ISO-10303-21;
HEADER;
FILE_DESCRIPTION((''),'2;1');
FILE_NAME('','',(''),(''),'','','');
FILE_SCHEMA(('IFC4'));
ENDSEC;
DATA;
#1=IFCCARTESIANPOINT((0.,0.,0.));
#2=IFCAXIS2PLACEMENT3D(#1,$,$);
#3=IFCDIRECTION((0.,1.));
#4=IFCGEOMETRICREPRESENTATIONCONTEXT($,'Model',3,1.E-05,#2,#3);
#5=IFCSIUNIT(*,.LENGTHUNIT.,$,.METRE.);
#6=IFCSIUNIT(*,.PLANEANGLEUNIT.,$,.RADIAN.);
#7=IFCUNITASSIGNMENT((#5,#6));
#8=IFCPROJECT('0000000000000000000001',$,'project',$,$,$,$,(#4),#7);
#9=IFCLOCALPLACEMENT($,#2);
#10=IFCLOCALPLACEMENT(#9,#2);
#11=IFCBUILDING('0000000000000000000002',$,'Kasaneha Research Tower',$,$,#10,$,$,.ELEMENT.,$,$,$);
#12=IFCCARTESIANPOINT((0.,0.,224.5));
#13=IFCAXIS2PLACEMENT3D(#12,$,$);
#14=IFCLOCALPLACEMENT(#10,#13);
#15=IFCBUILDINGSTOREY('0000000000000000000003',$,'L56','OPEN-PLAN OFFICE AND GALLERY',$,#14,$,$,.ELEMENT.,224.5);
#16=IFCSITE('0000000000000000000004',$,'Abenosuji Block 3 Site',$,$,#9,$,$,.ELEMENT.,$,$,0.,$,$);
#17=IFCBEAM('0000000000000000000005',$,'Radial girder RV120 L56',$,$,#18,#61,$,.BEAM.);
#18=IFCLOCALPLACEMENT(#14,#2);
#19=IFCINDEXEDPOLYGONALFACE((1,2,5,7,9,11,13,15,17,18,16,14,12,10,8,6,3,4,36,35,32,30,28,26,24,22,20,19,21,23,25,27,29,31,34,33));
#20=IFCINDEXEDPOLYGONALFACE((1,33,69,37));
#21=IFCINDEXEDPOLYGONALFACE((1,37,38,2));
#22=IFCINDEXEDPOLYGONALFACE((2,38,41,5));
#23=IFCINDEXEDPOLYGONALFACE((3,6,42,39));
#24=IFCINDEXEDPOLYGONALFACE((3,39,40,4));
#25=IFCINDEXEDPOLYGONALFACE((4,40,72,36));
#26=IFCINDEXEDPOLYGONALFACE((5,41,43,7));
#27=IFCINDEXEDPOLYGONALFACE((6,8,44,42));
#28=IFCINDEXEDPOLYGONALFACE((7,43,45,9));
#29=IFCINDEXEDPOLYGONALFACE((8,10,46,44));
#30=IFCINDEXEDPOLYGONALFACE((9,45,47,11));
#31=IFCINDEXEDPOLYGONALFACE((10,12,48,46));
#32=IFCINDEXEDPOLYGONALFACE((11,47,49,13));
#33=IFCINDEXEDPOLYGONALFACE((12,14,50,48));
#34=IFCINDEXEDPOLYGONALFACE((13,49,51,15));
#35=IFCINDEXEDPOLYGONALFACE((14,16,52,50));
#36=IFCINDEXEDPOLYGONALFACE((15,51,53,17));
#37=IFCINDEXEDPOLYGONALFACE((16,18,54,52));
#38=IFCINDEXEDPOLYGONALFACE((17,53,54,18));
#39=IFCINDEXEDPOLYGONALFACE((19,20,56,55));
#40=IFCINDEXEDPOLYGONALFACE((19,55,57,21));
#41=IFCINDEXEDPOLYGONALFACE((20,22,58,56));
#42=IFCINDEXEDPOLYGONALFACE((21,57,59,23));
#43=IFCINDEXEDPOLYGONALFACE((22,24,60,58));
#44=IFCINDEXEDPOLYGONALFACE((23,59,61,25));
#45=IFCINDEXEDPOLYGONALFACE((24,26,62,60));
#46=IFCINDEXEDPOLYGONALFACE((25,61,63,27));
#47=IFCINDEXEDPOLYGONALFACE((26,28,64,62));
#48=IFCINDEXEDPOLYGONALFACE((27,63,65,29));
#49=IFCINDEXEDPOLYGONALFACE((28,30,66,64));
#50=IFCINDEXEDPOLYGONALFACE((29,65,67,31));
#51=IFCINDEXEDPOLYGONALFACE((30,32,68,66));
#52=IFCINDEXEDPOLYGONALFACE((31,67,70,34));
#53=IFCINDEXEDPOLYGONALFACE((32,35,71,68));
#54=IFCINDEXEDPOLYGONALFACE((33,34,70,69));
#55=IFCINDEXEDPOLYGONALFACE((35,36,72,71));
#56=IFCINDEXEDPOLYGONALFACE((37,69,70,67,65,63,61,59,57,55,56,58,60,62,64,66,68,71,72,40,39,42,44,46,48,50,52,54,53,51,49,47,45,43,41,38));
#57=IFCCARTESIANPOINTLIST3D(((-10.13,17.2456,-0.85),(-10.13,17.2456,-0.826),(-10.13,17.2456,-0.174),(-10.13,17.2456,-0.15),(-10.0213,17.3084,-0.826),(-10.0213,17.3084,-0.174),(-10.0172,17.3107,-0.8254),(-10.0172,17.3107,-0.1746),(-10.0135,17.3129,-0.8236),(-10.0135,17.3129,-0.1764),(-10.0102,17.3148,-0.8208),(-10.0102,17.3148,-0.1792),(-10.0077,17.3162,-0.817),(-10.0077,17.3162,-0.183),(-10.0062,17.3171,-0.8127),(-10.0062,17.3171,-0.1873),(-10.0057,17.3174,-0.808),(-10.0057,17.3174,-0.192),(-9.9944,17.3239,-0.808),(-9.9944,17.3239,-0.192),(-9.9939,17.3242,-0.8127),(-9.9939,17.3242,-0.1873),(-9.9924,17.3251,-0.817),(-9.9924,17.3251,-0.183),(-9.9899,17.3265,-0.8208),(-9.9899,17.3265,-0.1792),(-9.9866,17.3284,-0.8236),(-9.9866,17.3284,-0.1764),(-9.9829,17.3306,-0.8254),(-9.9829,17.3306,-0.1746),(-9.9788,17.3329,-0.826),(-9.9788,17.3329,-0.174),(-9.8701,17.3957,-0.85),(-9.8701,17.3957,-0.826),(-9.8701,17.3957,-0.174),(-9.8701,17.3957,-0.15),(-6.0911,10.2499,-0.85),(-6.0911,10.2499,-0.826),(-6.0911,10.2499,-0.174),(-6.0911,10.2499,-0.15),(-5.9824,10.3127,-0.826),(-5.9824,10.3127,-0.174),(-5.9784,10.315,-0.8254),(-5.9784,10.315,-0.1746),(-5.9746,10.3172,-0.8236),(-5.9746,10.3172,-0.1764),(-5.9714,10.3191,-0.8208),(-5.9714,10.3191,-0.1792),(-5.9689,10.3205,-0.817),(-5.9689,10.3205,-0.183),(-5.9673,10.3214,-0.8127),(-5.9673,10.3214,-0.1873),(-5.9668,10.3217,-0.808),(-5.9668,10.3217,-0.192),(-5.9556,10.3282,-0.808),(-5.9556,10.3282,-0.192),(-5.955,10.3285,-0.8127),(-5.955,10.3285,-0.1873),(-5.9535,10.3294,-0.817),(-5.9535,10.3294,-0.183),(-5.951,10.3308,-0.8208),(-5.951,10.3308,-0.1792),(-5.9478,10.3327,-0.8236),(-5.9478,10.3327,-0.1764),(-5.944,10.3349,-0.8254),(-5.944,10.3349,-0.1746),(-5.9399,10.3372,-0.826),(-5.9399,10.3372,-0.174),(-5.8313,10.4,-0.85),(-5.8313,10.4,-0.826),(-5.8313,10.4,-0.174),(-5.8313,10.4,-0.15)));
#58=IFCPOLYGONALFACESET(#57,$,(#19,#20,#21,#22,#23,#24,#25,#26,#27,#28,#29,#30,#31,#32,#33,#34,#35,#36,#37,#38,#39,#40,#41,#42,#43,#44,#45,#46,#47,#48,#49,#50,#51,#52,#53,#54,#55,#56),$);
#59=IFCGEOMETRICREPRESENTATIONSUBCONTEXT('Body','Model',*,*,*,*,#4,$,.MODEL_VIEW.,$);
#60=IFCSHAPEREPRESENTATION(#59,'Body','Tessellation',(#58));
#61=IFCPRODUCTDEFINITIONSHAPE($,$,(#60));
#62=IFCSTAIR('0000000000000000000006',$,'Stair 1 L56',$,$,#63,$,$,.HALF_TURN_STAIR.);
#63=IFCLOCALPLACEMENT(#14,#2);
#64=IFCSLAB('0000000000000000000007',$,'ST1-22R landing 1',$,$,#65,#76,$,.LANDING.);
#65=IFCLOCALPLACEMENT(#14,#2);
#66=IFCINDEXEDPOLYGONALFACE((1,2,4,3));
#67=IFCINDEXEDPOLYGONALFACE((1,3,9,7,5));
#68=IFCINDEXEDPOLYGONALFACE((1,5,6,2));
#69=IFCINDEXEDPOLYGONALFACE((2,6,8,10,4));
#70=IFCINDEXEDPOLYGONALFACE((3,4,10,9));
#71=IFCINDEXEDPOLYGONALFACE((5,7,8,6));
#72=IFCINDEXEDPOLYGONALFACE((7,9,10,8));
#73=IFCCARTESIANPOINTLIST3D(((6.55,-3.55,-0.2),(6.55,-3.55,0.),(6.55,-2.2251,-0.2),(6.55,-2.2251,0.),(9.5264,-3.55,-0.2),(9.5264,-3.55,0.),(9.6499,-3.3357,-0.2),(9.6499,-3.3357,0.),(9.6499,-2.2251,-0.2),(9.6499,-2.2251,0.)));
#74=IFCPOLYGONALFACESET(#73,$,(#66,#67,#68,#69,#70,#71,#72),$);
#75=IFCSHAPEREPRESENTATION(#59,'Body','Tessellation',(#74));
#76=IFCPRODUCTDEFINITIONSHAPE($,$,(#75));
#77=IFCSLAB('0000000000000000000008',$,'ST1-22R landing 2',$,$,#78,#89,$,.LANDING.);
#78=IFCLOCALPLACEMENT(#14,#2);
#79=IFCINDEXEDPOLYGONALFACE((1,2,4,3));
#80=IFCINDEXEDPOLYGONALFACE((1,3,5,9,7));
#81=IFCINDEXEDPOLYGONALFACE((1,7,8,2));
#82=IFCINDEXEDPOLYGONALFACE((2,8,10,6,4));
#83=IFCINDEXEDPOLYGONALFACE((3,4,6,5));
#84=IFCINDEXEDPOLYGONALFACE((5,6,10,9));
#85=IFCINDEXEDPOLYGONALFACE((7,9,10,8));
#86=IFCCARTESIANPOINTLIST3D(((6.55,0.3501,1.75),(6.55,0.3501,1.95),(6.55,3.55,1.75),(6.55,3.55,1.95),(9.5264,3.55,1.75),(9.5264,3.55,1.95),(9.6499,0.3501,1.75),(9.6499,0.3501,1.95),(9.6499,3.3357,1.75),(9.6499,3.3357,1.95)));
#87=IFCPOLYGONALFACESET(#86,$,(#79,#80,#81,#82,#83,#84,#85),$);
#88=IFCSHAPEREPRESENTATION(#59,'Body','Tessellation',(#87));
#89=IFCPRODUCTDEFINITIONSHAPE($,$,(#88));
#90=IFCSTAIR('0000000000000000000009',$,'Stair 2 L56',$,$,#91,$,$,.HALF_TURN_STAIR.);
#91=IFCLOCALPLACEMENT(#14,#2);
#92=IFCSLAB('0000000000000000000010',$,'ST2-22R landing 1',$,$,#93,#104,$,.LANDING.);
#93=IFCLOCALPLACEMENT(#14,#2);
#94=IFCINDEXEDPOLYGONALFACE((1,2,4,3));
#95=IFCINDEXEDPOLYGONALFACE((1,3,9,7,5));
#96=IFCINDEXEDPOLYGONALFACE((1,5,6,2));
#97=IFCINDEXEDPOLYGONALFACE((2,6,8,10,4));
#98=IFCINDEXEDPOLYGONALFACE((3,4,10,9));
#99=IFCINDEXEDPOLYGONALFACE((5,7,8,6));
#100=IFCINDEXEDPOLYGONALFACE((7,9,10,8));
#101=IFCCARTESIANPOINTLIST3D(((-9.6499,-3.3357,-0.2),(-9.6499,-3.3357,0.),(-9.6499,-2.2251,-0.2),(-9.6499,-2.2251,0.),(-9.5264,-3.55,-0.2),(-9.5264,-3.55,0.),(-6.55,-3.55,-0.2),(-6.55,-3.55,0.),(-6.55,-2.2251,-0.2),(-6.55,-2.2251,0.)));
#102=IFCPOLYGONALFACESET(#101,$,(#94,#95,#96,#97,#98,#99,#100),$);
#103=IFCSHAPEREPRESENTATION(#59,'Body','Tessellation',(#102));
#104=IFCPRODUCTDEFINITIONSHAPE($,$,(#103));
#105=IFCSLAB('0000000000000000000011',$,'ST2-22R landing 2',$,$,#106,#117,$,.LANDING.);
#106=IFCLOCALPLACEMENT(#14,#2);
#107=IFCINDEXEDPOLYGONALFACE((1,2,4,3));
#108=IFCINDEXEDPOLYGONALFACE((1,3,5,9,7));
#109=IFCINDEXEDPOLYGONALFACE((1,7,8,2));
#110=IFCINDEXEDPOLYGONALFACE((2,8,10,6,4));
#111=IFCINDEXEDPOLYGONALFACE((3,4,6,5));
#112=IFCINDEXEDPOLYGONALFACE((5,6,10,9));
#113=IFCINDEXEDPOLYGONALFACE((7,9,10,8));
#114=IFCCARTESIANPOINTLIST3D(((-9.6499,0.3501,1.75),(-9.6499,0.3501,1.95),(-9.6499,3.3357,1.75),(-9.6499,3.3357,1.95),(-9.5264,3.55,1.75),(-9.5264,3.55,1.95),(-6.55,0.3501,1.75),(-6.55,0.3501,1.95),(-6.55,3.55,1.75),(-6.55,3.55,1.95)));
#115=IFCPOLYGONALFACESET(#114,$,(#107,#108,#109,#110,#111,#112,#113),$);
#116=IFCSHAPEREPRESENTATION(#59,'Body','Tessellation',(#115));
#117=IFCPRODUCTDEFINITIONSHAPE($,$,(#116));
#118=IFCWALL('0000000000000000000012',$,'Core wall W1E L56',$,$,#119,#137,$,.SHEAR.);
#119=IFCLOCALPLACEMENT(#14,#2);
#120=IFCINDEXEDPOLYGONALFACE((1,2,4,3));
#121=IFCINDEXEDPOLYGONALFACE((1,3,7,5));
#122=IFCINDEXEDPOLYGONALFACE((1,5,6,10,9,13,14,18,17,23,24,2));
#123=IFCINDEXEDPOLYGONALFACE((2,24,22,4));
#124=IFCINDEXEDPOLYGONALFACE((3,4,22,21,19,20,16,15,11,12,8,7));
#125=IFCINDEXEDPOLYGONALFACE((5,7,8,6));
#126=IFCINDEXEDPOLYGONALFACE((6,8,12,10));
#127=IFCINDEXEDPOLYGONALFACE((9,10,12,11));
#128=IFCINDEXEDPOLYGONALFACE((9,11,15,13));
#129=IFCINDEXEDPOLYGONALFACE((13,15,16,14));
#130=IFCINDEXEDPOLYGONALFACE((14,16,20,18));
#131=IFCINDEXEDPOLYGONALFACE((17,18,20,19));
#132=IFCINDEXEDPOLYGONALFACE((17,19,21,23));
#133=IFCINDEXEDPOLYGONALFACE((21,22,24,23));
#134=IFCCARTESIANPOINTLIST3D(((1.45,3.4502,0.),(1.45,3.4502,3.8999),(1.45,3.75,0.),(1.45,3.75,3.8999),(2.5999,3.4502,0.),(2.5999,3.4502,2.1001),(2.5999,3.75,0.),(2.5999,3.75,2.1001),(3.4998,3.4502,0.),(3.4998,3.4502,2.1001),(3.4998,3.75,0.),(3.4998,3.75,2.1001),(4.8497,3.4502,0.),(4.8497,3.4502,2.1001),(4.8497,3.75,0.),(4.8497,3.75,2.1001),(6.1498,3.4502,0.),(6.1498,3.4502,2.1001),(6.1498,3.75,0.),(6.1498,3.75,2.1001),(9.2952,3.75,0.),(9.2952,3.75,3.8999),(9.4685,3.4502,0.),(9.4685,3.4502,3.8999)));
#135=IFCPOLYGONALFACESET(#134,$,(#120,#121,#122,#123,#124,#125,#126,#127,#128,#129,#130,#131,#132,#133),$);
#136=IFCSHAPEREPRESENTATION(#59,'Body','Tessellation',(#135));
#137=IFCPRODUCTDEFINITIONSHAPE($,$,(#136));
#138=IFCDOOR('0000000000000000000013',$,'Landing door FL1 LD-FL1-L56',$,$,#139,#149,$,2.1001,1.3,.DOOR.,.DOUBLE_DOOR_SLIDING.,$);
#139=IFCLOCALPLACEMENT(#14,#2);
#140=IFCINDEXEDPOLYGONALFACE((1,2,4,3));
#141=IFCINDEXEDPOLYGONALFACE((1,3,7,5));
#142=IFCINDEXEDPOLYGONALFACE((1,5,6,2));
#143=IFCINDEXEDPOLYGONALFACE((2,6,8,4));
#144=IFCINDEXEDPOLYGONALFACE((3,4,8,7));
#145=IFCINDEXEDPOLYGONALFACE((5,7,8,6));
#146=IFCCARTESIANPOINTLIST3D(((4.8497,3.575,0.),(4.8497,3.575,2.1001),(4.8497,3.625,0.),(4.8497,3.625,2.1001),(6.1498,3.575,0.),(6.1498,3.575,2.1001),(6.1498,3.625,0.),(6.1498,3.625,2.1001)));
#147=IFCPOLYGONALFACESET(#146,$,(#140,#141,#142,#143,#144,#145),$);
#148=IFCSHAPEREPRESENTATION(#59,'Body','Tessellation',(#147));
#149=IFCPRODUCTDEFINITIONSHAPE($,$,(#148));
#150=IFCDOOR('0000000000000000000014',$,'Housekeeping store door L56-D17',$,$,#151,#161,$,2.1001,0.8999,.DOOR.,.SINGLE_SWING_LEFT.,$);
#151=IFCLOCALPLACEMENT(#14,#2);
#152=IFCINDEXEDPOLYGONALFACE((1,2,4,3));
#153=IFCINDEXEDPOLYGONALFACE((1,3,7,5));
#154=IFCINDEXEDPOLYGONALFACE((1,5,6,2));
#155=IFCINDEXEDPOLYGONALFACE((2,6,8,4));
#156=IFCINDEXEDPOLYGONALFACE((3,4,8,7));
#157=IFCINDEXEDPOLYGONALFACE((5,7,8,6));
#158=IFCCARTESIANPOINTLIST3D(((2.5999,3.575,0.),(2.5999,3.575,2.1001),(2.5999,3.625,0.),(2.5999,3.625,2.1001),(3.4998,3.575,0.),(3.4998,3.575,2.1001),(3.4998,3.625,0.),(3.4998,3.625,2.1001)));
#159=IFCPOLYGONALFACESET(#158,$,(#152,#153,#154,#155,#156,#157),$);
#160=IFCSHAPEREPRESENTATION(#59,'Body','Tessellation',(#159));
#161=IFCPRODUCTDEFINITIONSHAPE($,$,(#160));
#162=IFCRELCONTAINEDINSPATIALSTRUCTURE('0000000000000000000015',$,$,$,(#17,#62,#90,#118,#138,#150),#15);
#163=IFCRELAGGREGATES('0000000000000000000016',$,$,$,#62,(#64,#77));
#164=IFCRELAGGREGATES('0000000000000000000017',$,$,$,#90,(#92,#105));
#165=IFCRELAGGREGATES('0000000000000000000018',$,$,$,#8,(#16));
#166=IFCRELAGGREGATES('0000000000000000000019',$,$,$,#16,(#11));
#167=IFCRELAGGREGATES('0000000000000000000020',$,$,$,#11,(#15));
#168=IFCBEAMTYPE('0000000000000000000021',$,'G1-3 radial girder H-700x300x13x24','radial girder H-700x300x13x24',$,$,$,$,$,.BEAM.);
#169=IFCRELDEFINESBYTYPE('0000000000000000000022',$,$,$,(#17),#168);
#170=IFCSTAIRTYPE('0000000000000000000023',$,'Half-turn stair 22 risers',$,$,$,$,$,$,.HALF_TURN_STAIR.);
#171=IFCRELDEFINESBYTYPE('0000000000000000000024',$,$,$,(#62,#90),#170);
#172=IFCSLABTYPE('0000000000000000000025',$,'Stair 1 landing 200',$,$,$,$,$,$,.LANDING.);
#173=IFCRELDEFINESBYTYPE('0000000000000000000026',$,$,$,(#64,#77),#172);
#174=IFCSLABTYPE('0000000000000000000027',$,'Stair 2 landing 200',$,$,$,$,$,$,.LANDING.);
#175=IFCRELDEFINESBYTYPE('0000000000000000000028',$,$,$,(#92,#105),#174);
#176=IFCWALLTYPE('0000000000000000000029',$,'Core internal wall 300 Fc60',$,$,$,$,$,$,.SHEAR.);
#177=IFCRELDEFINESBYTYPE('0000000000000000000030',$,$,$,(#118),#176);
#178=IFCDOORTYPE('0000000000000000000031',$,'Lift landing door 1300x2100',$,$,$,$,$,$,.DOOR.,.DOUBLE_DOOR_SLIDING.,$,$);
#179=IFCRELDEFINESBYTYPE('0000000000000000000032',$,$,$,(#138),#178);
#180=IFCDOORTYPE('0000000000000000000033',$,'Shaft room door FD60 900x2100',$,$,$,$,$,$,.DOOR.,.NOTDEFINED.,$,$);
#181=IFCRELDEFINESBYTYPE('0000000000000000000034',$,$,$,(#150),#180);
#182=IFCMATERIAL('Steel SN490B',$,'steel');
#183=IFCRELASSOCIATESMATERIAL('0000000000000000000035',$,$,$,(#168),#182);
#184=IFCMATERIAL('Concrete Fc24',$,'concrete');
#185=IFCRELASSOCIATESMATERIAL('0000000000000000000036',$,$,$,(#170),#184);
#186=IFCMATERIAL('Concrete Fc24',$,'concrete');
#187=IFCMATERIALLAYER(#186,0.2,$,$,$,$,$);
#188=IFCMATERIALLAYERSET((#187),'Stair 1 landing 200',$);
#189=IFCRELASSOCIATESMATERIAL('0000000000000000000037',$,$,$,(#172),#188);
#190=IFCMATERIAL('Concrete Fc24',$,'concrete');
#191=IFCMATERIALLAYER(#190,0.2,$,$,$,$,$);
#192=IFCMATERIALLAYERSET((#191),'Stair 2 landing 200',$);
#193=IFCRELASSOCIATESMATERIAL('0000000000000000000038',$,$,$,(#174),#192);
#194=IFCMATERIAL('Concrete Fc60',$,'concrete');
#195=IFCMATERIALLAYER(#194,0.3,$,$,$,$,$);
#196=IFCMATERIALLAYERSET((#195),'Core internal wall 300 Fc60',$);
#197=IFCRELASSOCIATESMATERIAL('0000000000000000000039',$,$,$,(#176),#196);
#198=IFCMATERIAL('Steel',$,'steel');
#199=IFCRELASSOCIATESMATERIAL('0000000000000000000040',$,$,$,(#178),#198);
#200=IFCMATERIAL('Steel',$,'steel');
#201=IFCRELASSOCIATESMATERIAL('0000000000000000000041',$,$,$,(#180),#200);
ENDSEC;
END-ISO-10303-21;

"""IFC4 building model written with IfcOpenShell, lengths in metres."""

from ifc_helpers import new_model, si_unit, direction, frame, frame_2d, origin, origin_2d, place, context, subcontext, project, spatial, polyline, rectangle, i_section, outline, extrude, material, layer, layer_set, material_profile, profile_set, type_object, element, fill, aggregate, save


model = new_model("IFC4")

# Units and contexts
model_context = context("Model", 3, precision=1e-05, world=origin(), true_north=direction((0.0, 1.0)))
body_context = subcontext(model_context, "Body", "Model", "MODEL_VIEW")
ifc_project = project(units=[si_unit("LENGTHUNIT", "METRE"), si_unit("PLANEANGLEUNIT", "RADIAN")], contexts=[model_context])

# Site, building, storey
site_placement = place(None, origin())
site = spatial("IfcSite", under=ifc_project, at=site_placement, Name="Abenosuji Block 3 Site", CompositionType="ELEMENT", RefElevation=0.0)
building_placement = place(site_placement, origin())
building = spatial("IfcBuilding", under=site, at=building_placement, Name="Kasaneha Research Tower", CompositionType="ELEMENT")
storey_placement = place(building_placement, frame((0.0, 0.0, 224.5)))
storey = spatial("IfcBuildingStorey", under=building, at=storey_placement, Name="L56", Description="OPEN-PLAN OFFICE AND GALLERY", CompositionType="ELEMENT", Elevation=224.5)

# Beam
ifc_material_1 = material(Name="Steel SN490B", Category="steel")
ifc_material_profile = material_profile(ifc_material_1, i_section(OverallWidth=0.3, OverallDepth=0.7, WebThickness=0.0129, FlangeThickness=0.0239, FilletRadius=0.0181, at=origin_2d()), Name="H-700x300x13x24")
ifc_profile_set = profile_set([ifc_material_profile], Name="Steel SN490B")
beam_type = type_object("IfcBeamType", Name="G1-3 radial girder H-700x300x13x24", Description="radial girder H-700x300x13x24", PredefinedType="BEAM", material=ifc_profile_set)
beam_placement = place(storey_placement, frame((-5.9612, 10.325, -0.5), z_axis=(-0.499991, 0.866031, 0.0), x_axis=(-0.866031, -0.499991, 0.0)))
element("IfcBeam", 1, at=beam_placement, inside=storey, type_object=beam_type, Name="Radial girder RV120 L56", PredefinedType="BEAM", context=body_context, shape_type="SweptSolid", body=[
    extrude(i_section(OverallWidth=0.3, OverallDepth=0.7, WebThickness=0.0129, FlangeThickness=0.0239, FilletRadius=0.0181, at=origin_2d()), origin(), (0.0, 0.0, 1.0), 8.0779),
])

# Stairs, slabs
ifc_material_2 = material(Name="Concrete Fc24", Category="concrete")
stair_type = type_object("IfcStairType", Name="Half-turn stair 22 risers", PredefinedType="HALF_TURN_STAIR", material=ifc_material_2)
stair_1_placement = place(storey_placement, origin())
stair_1 = element("IfcStair", 2, at=stair_1_placement, inside=storey, type_object=stair_type, Name="Stair 1 L56", PredefinedType="HALF_TURN_STAIR")
ifc_material_3 = material(Name="Concrete Fc24", Category="concrete")
ifc_layer_1 = layer(ifc_material_3, 0.2)
ifc_layer_set_1 = layer_set([ifc_layer_1], Name="Stair 1 landing 200")
slab_type_1 = type_object("IfcSlabType", Name="Stair 1 landing 200", PredefinedType="LANDING", material=ifc_layer_set_1)
slab_1_placement = place(storey_placement, frame((0.0, 0.0, -0.2)))
slab_1 = element("IfcSlab", 3, at=slab_1_placement, type_object=slab_type_1, Name="ST1-22R landing 1", PredefinedType="LANDING", context=body_context, shape_type="SweptSolid", body=[
    extrude(outline(polyline([(9.5264, -3.55), (6.55, -3.55), (6.55, -2.2251), (9.6499, -2.2251), (9.6499, -3.3357), (9.5264, -3.55)])), origin(), (0.0, 0.0, 1.0), 0.2),
])
slab_2_placement = place(storey_placement, frame((0.0, 0.0, 1.75)))
slab_2 = element("IfcSlab", 4, at=slab_2_placement, type_object=slab_type_1, Name="ST1-22R landing 2", PredefinedType="LANDING", context=body_context, shape_type="SweptSolid", body=[
    extrude(outline(polyline([(6.55, 3.55), (9.5264, 3.55), (9.6499, 3.3357), (9.6499, 0.3501), (6.55, 0.3501), (6.55, 3.55)])), origin(), (0.0, 0.0, 1.0), 0.2),
])
aggregate(stair_1, [slab_1, slab_2])
stair_2_placement = place(storey_placement, origin())
stair_2 = element("IfcStair", 5, at=stair_2_placement, inside=storey, type_object=stair_type, Name="Stair 2 L56", PredefinedType="HALF_TURN_STAIR")
ifc_material_4 = material(Name="Concrete Fc24", Category="concrete")
ifc_layer_2 = layer(ifc_material_4, 0.2)
ifc_layer_set_2 = layer_set([ifc_layer_2], Name="Stair 2 landing 200")
slab_type_2 = type_object("IfcSlabType", Name="Stair 2 landing 200", PredefinedType="LANDING", material=ifc_layer_set_2)
slab_3_placement = place(storey_placement, frame((0.0, 0.0, -0.2)))
slab_3 = element("IfcSlab", 6, at=slab_3_placement, type_object=slab_type_2, Name="ST2-22R landing 1", PredefinedType="LANDING", context=body_context, shape_type="SweptSolid", body=[
    extrude(outline(polyline([(-6.55, -3.55), (-9.5264, -3.55), (-9.6499, -3.3357), (-9.6499, -2.2251), (-6.55, -2.2251), (-6.55, -3.55)])), origin(), (0.0, 0.0, 1.0), 0.2),
])
slab_4_placement = place(storey_placement, frame((0.0, 0.0, 1.75)))
slab_4 = element("IfcSlab", 7, at=slab_4_placement, type_object=slab_type_2, Name="ST2-22R landing 2", PredefinedType="LANDING", context=body_context, shape_type="SweptSolid", body=[
    extrude(outline(polyline([(-6.55, 0.3501), (-9.6499, 0.3501), (-9.6499, 3.3357), (-9.5264, 3.55), (-6.55, 3.55), (-6.55, 0.3501)])), origin(), (0.0, 0.0, 1.0), 0.2),
])
aggregate(stair_2, [slab_3, slab_4])

# Wall, openings, doors
ifc_material_5 = material(Name="Concrete Fc60", Category="concrete")
ifc_layer_3 = layer(ifc_material_5, 0.3)
ifc_layer_set_3 = layer_set([ifc_layer_3], Name="Core internal wall 300 Fc60")
wall_type_1 = type_object("IfcWallType", Name="Core internal wall 300 Fc60", PredefinedType="SHEAR", material=ifc_layer_set_3)
wall_1_placement = place(storey_placement, frame((1.45, 3.6001, 0.0), z_axis=(0.0, 0.0, 1.0), x_axis=(1.0, 0.0, 0.0)))
wall_1 = element("IfcWall", 8, at=wall_1_placement, inside=storey, type_object=wall_type_1, Name="Core wall W1E L56", PredefinedType="SHEAR", context=body_context, shape_type="SweptSolid", body=[
    extrude(outline(polyline([(0.0, -0.1499), (1.1499, -0.1499), (2.0498, -0.1499), (3.3999, -0.1499), (4.7, -0.1499), (8.0186, -0.1499), (7.8452, 0.1499), (4.7, 0.1499), (3.3999, 0.1499), (2.0498, 0.1499), (1.1499, 0.1499), (0.0, 0.1499), (0.0, -0.1499)])), origin(), (0.0, 0.0, 1.0), 3.8999),
])
opening_1_placement = place(wall_1_placement, frame((1.1499, 0.0, 0.0)))
opening_1 = element("IfcOpeningElement", 9, at=opening_1_placement, cuts=wall_1, PredefinedType="OPENING", context=body_context, shape_type="SweptSolid", body=[
    extrude(rectangle(XDim=0.8999, YDim=2.1001, at=frame_2d((0.45, 1.05))), frame((0.0, 0.1602, 0.0), z_axis=(0.0, -1.0, 0.0), x_axis=(1.0, 0.0, 0.0)), (0.0, 0.0, 1.0), 0.3201),
])
opening_2_placement = place(wall_1_placement, frame((3.3999, 0.0, 0.0)))
opening_2 = element("IfcOpeningElement", 10, at=opening_2_placement, cuts=wall_1, PredefinedType="OPENING", context=body_context, shape_type="SweptSolid", body=[
    extrude(rectangle(XDim=1.3, YDim=2.1001, at=frame_2d((0.6499, 1.05))), frame((0.0, 0.1602, 0.0), z_axis=(0.0, -1.0, 0.0), x_axis=(1.0, 0.0, 0.0)), (0.0, 0.0, 1.0), 0.3201),
])
ifc_material_6 = material(Name="Steel", Category="steel")
door_type_1 = type_object("IfcDoorType", Name="Lift landing door 1300x2100", OperationType="DOUBLE_DOOR_SLIDING", PredefinedType="DOOR", material=ifc_material_6)
door_1_placement = place(opening_2_placement, origin())
door_1 = element("IfcDoor", 11, at=door_1_placement, inside=storey, type_object=door_type_1, Name="Landing door FL1 LD-FL1-L56", OperationType="DOUBLE_DOOR_SLIDING", OverallHeight=2.1001, OverallWidth=1.3, PredefinedType="DOOR", context=body_context, shape_type="SweptSolid", body=[
    extrude(rectangle(XDim=1.3, YDim=2.1001, at=frame_2d((0.6499, 1.05))), frame((0.0, 0.0249, 0.0), z_axis=(0.0, -1.0, 0.0), x_axis=(1.0, 0.0, 0.0)), (0.0, 0.0, 1.0), 0.05),
])
fill(opening_2, door_1)
ifc_material_7 = material(Name="Steel", Category="steel")
door_type_2 = type_object("IfcDoorType", Name="Shaft room door FD60 900x2100", OperationType="NOTDEFINED", PredefinedType="DOOR", material=ifc_material_7)
door_2_placement = place(opening_1_placement, origin())
door_2 = element("IfcDoor", 12, at=door_2_placement, inside=storey, type_object=door_type_2, Name="Housekeeping store door L56-D17", OperationType="SINGLE_SWING_LEFT", OverallHeight=2.1001, OverallWidth=0.8999, PredefinedType="DOOR", context=body_context, shape_type="SweptSolid", body=[
    extrude(rectangle(XDim=0.8999, YDim=2.1001, at=frame_2d((0.45, 1.05))), frame((0.0, 0.0249, 0.0), z_axis=(0.0, -1.0, 0.0), x_axis=(1.0, 0.0, 0.0)), (0.0, 0.0, 1.0), 0.05),
])
fill(opening_1, door_2)

save(model, "model.ifc")
